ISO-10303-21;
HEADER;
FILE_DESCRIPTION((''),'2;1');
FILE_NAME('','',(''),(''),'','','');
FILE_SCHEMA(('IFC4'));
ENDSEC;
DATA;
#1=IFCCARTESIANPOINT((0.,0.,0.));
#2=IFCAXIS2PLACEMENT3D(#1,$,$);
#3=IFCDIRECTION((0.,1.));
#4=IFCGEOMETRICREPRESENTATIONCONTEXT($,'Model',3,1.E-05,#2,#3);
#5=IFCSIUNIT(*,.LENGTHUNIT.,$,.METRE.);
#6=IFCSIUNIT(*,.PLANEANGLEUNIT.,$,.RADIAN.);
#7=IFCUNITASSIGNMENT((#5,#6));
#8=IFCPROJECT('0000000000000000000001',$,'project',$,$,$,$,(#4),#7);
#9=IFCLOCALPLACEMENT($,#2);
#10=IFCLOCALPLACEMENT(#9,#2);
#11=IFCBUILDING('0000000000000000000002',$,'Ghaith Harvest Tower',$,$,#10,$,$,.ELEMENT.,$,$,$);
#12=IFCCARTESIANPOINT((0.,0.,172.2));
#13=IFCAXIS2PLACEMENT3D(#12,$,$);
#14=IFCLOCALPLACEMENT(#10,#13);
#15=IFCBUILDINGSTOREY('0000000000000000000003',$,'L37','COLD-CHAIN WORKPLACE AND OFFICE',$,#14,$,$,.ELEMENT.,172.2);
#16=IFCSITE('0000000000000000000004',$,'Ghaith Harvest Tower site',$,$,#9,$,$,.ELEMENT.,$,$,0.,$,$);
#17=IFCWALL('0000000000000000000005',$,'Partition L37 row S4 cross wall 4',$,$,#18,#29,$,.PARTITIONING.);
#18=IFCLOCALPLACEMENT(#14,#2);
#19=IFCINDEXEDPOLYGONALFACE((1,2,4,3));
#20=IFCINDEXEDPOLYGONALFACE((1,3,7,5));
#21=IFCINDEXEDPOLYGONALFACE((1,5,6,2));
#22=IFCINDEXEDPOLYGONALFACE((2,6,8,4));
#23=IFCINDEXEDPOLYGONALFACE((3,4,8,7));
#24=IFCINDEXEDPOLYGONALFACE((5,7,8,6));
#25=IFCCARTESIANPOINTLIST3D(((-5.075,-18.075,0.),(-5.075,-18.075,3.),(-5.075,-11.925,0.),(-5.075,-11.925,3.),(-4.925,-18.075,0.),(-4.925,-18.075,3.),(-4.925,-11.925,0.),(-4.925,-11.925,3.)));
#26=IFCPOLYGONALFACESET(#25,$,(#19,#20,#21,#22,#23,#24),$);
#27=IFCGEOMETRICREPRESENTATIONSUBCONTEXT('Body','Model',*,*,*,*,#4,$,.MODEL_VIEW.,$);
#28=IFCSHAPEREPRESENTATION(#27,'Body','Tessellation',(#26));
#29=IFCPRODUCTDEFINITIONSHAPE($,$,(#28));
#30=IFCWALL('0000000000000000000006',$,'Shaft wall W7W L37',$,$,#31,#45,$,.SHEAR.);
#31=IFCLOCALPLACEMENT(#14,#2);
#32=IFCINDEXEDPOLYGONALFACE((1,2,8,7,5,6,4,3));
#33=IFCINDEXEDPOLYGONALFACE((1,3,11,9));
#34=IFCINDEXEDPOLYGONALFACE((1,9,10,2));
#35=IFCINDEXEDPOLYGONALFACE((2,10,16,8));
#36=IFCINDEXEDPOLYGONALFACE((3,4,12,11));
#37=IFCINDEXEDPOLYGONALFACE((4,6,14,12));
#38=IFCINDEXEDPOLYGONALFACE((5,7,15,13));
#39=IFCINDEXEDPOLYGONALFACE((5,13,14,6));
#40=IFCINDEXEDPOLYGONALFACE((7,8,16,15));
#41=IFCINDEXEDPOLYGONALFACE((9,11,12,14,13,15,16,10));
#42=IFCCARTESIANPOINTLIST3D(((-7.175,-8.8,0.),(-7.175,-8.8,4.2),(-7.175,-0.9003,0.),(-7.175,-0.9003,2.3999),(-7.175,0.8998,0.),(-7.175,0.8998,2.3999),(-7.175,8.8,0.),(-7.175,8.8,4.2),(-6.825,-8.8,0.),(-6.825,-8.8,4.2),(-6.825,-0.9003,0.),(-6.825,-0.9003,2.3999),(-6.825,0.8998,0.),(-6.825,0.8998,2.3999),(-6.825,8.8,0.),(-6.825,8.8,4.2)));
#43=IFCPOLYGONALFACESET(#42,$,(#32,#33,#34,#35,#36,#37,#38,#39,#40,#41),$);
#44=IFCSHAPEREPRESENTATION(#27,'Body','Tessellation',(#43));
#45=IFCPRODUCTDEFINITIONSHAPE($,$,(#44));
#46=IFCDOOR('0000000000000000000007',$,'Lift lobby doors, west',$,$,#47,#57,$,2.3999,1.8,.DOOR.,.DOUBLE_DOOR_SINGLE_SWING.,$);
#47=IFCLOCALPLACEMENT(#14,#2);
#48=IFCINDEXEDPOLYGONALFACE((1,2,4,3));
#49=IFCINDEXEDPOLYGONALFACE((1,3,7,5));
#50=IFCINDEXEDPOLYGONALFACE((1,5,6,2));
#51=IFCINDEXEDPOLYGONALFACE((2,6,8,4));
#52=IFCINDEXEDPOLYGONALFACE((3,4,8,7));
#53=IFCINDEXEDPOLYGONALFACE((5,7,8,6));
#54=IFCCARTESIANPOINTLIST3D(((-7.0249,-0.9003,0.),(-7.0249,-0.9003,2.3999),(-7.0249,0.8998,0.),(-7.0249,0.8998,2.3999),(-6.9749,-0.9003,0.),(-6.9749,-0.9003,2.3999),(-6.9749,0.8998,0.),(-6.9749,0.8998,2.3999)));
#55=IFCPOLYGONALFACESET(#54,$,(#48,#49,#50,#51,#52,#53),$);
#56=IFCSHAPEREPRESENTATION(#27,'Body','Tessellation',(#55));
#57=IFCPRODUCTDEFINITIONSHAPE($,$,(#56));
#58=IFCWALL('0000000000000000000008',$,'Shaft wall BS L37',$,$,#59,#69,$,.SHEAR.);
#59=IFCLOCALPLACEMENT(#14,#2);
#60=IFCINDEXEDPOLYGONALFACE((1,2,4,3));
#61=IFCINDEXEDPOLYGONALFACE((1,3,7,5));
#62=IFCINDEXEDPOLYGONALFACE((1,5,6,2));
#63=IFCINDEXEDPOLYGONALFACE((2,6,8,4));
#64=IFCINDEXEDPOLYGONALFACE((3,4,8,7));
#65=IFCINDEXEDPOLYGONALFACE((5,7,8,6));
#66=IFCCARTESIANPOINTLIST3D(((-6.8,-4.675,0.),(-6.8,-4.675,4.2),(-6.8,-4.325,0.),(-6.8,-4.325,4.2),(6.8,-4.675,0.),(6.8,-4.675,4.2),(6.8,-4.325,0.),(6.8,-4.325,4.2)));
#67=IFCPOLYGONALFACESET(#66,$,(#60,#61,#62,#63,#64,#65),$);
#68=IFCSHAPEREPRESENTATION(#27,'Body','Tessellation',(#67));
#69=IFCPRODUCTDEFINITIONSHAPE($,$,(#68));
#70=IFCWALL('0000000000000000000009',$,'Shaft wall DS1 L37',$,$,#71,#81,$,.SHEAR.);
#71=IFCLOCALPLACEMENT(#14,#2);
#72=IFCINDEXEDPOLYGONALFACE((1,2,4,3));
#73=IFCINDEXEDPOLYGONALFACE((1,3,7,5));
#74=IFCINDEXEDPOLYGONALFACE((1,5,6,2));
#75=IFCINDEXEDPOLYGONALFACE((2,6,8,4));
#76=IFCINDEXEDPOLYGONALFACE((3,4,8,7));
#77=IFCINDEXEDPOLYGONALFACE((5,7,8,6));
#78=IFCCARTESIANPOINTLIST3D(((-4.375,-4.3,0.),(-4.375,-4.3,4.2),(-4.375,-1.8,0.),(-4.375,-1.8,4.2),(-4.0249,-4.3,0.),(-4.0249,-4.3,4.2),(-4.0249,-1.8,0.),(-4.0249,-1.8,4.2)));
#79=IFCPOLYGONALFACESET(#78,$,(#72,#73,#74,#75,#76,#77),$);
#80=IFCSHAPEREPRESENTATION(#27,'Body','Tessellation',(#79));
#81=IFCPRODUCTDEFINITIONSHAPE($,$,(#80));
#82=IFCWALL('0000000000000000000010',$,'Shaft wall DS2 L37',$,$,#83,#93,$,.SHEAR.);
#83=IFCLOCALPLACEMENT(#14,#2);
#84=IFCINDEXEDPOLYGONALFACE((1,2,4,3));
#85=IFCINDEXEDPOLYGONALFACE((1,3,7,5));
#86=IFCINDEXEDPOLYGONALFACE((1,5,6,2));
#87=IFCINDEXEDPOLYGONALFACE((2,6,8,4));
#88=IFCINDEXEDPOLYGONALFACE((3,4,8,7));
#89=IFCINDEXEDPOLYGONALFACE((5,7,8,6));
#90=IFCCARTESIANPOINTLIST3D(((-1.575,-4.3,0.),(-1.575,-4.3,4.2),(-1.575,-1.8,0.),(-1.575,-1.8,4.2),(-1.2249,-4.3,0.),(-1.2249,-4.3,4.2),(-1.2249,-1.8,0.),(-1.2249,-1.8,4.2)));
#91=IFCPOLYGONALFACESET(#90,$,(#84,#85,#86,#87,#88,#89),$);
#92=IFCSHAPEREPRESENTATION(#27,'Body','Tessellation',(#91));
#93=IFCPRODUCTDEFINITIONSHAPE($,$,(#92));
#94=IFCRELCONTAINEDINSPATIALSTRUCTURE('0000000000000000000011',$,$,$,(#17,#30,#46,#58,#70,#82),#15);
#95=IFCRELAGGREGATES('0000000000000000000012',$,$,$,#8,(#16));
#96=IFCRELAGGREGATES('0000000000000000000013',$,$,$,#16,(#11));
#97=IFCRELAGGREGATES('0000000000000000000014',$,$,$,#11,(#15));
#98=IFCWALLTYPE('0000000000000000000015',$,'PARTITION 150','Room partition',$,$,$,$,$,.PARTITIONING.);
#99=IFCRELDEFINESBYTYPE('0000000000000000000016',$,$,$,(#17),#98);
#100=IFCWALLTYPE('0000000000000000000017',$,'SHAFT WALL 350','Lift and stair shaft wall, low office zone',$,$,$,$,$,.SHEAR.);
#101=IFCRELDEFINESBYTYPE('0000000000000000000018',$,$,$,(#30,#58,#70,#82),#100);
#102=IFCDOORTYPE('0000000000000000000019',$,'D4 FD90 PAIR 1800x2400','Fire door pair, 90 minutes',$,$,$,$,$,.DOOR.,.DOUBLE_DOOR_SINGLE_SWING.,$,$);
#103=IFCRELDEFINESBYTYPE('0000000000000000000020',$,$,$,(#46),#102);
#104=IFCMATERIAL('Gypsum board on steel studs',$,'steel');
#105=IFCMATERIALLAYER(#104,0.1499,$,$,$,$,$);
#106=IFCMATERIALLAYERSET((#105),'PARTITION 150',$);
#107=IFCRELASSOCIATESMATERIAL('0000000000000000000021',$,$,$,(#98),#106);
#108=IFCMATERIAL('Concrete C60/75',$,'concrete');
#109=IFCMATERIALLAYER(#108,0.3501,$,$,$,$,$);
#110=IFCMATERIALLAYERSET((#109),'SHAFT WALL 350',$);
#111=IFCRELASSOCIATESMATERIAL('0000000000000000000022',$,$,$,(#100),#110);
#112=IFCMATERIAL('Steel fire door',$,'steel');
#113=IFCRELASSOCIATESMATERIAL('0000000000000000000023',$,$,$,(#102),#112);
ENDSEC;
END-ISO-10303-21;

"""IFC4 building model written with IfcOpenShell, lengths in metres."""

from ifc_helpers import new_model, si_unit, direction, frame, frame_2d, origin, place, context, subcontext, project, spatial, rectangle, extrude, material, layer, layer_set, type_object, element, fill, save


model = new_model("IFC4")

# Units and contexts
model_context = context("Model", 3, precision=1e-05, world=origin(), true_north=direction((0.0, 1.0)))
body_context = subcontext(model_context, "Body", "Model", "MODEL_VIEW")
ifc_project = project(units=[si_unit("LENGTHUNIT", "METRE"), si_unit("PLANEANGLEUNIT", "RADIAN")], contexts=[model_context])

# Site, building, storey
site_placement = place(None, origin())
site = spatial("IfcSite", under=ifc_project, at=site_placement, Name="Ghaith Harvest Tower site", CompositionType="ELEMENT", RefElevation=0.0)
building_placement = place(site_placement, origin())
building = spatial("IfcBuilding", under=site, at=building_placement, Name="Ghaith Harvest Tower", CompositionType="ELEMENT")
storey_placement = place(building_placement, frame((0.0, 0.0, 172.2)))
storey = spatial("IfcBuildingStorey", under=building, at=storey_placement, Name="L37", Description="COLD-CHAIN WORKPLACE AND OFFICE", CompositionType="ELEMENT", Elevation=172.2)

# Wall
ifc_material_1 = material(Name="Gypsum board on steel studs", Category="steel")
ifc_layer_1 = layer(ifc_material_1, 0.1499)
ifc_layer_set_1 = layer_set([ifc_layer_1], Name="PARTITION 150")
wall_type_1 = type_object("IfcWallType", Name="PARTITION 150", Description="Room partition", PredefinedType="PARTITIONING", material=ifc_layer_set_1)
wall_1_placement = place(storey_placement, frame((-5.0, -11.925, 0.0), z_axis=(0.0, 0.0, 1.0), x_axis=(0.0, -1.0, 0.0)))
element("IfcWall", 1, at=wall_1_placement, inside=storey, type_object=wall_type_1, Name="Partition L37 row S4 cross wall 4", PredefinedType="PARTITIONING", context=body_context, shape_type="SweptSolid", body=[
    extrude(rectangle(XDim=6.1499, YDim=0.1499, at=frame_2d((3.075, 0.0))), origin(), (0.0, 0.0, 1.0), 3.0),
])

# Wall, opening, door
ifc_material_2 = material(Name="Concrete C60/75", Category="concrete")
ifc_layer_2 = layer(ifc_material_2, 0.3501)
ifc_layer_set_2 = layer_set([ifc_layer_2], Name="SHAFT WALL 350")
wall_type_2 = type_object("IfcWallType", Name="SHAFT WALL 350", Description="Lift and stair shaft wall, low office zone", PredefinedType="SHEAR", material=ifc_layer_set_2)
wall_2_placement = place(storey_placement, frame((-7.0, -8.8, 0.0), z_axis=(0.0, 0.0, 1.0), x_axis=(0.0, 1.0, 0.0)))
wall_2 = element("IfcWall", 2, at=wall_2_placement, inside=storey, type_object=wall_type_2, Name="Shaft wall W7W L37", PredefinedType="SHEAR", context=body_context, shape_type="SweptSolid", body=[
    extrude(rectangle(XDim=17.6001, YDim=0.3501, at=frame_2d((8.8, 0.0))), origin(), (0.0, 0.0, 1.0), 4.2),
])
opening_1_placement = place(wall_2_placement, frame((7.8999, 0.0, 0.0)))
opening_1 = element("IfcOpeningElement", 3, at=opening_1_placement, cuts=wall_2, PredefinedType="OPENING", context=body_context, shape_type="SweptSolid", body=[
    extrude(rectangle(XDim=1.8, YDim=2.3999, at=frame_2d((0.8999, 1.2))), frame((0.0, 0.1851, 0.0), z_axis=(0.0, -1.0, 0.0), x_axis=(1.0, 0.0, 0.0)), (0.0, 0.0, 1.0), 0.3701),
])
ifc_material_3 = material(Name="Steel fire door", Category="steel")
door_type_1 = type_object("IfcDoorType", Name="D4 FD90 PAIR 1800x2400", Description="Fire door pair, 90 minutes", OperationType="DOUBLE_DOOR_SINGLE_SWING", PredefinedType="DOOR", material=ifc_material_3)
door_1_placement = place(opening_1_placement, origin())
door_1 = element("IfcDoor", 4, at=door_1_placement, inside=storey, type_object=door_type_1, Name="Lift lobby doors, west", OperationType="DOUBLE_DOOR_SINGLE_SWING", OverallHeight=2.3999, OverallWidth=1.8, PredefinedType="DOOR", context=body_context, shape_type="SweptSolid", body=[
    extrude(rectangle(XDim=1.8, YDim=2.3999, at=frame_2d((0.8999, 1.2))), frame((0.0, 0.0249, 0.0), z_axis=(0.0, -1.0, 0.0), x_axis=(1.0, 0.0, 0.0)), (0.0, 0.0, 1.0), 0.05),
])
fill(opening_1, door_1)

# Walls
wall_3_placement = place(storey_placement, frame((-6.8, -4.5, 0.0), z_axis=(0.0, 0.0, 1.0), x_axis=(1.0, 0.0, 0.0)))
element("IfcWall", 5, at=wall_3_placement, inside=storey, type_object=wall_type_2, Name="Shaft wall BS L37", PredefinedType="SHEAR", context=body_context, shape_type="SweptSolid", body=[
    extrude(rectangle(XDim=13.6001, YDim=0.3501, at=frame_2d((6.8, 0.0))), origin(), (0.0, 0.0, 1.0), 4.2),
])
for number, where, z_axis, x_axis, name in (
    (6, (-4.2, -4.3, 0.0), (0.0, 0.0, 1.0), (0.0, 1.0, 0.0), "Shaft wall DS1 L37"),
    (7, (-1.3999, -4.3, 0.0), (0.0, 0.0, 1.0), (0.0, 1.0, 0.0), "Shaft wall DS2 L37"),
):
    element("IfcWall", number, at=place(storey_placement, frame(where, z_axis=z_axis, x_axis=x_axis)), inside=storey, type_object=wall_type_2, Name=name, PredefinedType="SHEAR", context=body_context, shape_type="SweptSolid", body=[
        extrude(rectangle(XDim=2.5, YDim=0.3501, at=frame_2d((1.25, 0.0))), origin(), (0.0, 0.0, 1.0), 4.2),
    ])

save(model, "model.ifc")
